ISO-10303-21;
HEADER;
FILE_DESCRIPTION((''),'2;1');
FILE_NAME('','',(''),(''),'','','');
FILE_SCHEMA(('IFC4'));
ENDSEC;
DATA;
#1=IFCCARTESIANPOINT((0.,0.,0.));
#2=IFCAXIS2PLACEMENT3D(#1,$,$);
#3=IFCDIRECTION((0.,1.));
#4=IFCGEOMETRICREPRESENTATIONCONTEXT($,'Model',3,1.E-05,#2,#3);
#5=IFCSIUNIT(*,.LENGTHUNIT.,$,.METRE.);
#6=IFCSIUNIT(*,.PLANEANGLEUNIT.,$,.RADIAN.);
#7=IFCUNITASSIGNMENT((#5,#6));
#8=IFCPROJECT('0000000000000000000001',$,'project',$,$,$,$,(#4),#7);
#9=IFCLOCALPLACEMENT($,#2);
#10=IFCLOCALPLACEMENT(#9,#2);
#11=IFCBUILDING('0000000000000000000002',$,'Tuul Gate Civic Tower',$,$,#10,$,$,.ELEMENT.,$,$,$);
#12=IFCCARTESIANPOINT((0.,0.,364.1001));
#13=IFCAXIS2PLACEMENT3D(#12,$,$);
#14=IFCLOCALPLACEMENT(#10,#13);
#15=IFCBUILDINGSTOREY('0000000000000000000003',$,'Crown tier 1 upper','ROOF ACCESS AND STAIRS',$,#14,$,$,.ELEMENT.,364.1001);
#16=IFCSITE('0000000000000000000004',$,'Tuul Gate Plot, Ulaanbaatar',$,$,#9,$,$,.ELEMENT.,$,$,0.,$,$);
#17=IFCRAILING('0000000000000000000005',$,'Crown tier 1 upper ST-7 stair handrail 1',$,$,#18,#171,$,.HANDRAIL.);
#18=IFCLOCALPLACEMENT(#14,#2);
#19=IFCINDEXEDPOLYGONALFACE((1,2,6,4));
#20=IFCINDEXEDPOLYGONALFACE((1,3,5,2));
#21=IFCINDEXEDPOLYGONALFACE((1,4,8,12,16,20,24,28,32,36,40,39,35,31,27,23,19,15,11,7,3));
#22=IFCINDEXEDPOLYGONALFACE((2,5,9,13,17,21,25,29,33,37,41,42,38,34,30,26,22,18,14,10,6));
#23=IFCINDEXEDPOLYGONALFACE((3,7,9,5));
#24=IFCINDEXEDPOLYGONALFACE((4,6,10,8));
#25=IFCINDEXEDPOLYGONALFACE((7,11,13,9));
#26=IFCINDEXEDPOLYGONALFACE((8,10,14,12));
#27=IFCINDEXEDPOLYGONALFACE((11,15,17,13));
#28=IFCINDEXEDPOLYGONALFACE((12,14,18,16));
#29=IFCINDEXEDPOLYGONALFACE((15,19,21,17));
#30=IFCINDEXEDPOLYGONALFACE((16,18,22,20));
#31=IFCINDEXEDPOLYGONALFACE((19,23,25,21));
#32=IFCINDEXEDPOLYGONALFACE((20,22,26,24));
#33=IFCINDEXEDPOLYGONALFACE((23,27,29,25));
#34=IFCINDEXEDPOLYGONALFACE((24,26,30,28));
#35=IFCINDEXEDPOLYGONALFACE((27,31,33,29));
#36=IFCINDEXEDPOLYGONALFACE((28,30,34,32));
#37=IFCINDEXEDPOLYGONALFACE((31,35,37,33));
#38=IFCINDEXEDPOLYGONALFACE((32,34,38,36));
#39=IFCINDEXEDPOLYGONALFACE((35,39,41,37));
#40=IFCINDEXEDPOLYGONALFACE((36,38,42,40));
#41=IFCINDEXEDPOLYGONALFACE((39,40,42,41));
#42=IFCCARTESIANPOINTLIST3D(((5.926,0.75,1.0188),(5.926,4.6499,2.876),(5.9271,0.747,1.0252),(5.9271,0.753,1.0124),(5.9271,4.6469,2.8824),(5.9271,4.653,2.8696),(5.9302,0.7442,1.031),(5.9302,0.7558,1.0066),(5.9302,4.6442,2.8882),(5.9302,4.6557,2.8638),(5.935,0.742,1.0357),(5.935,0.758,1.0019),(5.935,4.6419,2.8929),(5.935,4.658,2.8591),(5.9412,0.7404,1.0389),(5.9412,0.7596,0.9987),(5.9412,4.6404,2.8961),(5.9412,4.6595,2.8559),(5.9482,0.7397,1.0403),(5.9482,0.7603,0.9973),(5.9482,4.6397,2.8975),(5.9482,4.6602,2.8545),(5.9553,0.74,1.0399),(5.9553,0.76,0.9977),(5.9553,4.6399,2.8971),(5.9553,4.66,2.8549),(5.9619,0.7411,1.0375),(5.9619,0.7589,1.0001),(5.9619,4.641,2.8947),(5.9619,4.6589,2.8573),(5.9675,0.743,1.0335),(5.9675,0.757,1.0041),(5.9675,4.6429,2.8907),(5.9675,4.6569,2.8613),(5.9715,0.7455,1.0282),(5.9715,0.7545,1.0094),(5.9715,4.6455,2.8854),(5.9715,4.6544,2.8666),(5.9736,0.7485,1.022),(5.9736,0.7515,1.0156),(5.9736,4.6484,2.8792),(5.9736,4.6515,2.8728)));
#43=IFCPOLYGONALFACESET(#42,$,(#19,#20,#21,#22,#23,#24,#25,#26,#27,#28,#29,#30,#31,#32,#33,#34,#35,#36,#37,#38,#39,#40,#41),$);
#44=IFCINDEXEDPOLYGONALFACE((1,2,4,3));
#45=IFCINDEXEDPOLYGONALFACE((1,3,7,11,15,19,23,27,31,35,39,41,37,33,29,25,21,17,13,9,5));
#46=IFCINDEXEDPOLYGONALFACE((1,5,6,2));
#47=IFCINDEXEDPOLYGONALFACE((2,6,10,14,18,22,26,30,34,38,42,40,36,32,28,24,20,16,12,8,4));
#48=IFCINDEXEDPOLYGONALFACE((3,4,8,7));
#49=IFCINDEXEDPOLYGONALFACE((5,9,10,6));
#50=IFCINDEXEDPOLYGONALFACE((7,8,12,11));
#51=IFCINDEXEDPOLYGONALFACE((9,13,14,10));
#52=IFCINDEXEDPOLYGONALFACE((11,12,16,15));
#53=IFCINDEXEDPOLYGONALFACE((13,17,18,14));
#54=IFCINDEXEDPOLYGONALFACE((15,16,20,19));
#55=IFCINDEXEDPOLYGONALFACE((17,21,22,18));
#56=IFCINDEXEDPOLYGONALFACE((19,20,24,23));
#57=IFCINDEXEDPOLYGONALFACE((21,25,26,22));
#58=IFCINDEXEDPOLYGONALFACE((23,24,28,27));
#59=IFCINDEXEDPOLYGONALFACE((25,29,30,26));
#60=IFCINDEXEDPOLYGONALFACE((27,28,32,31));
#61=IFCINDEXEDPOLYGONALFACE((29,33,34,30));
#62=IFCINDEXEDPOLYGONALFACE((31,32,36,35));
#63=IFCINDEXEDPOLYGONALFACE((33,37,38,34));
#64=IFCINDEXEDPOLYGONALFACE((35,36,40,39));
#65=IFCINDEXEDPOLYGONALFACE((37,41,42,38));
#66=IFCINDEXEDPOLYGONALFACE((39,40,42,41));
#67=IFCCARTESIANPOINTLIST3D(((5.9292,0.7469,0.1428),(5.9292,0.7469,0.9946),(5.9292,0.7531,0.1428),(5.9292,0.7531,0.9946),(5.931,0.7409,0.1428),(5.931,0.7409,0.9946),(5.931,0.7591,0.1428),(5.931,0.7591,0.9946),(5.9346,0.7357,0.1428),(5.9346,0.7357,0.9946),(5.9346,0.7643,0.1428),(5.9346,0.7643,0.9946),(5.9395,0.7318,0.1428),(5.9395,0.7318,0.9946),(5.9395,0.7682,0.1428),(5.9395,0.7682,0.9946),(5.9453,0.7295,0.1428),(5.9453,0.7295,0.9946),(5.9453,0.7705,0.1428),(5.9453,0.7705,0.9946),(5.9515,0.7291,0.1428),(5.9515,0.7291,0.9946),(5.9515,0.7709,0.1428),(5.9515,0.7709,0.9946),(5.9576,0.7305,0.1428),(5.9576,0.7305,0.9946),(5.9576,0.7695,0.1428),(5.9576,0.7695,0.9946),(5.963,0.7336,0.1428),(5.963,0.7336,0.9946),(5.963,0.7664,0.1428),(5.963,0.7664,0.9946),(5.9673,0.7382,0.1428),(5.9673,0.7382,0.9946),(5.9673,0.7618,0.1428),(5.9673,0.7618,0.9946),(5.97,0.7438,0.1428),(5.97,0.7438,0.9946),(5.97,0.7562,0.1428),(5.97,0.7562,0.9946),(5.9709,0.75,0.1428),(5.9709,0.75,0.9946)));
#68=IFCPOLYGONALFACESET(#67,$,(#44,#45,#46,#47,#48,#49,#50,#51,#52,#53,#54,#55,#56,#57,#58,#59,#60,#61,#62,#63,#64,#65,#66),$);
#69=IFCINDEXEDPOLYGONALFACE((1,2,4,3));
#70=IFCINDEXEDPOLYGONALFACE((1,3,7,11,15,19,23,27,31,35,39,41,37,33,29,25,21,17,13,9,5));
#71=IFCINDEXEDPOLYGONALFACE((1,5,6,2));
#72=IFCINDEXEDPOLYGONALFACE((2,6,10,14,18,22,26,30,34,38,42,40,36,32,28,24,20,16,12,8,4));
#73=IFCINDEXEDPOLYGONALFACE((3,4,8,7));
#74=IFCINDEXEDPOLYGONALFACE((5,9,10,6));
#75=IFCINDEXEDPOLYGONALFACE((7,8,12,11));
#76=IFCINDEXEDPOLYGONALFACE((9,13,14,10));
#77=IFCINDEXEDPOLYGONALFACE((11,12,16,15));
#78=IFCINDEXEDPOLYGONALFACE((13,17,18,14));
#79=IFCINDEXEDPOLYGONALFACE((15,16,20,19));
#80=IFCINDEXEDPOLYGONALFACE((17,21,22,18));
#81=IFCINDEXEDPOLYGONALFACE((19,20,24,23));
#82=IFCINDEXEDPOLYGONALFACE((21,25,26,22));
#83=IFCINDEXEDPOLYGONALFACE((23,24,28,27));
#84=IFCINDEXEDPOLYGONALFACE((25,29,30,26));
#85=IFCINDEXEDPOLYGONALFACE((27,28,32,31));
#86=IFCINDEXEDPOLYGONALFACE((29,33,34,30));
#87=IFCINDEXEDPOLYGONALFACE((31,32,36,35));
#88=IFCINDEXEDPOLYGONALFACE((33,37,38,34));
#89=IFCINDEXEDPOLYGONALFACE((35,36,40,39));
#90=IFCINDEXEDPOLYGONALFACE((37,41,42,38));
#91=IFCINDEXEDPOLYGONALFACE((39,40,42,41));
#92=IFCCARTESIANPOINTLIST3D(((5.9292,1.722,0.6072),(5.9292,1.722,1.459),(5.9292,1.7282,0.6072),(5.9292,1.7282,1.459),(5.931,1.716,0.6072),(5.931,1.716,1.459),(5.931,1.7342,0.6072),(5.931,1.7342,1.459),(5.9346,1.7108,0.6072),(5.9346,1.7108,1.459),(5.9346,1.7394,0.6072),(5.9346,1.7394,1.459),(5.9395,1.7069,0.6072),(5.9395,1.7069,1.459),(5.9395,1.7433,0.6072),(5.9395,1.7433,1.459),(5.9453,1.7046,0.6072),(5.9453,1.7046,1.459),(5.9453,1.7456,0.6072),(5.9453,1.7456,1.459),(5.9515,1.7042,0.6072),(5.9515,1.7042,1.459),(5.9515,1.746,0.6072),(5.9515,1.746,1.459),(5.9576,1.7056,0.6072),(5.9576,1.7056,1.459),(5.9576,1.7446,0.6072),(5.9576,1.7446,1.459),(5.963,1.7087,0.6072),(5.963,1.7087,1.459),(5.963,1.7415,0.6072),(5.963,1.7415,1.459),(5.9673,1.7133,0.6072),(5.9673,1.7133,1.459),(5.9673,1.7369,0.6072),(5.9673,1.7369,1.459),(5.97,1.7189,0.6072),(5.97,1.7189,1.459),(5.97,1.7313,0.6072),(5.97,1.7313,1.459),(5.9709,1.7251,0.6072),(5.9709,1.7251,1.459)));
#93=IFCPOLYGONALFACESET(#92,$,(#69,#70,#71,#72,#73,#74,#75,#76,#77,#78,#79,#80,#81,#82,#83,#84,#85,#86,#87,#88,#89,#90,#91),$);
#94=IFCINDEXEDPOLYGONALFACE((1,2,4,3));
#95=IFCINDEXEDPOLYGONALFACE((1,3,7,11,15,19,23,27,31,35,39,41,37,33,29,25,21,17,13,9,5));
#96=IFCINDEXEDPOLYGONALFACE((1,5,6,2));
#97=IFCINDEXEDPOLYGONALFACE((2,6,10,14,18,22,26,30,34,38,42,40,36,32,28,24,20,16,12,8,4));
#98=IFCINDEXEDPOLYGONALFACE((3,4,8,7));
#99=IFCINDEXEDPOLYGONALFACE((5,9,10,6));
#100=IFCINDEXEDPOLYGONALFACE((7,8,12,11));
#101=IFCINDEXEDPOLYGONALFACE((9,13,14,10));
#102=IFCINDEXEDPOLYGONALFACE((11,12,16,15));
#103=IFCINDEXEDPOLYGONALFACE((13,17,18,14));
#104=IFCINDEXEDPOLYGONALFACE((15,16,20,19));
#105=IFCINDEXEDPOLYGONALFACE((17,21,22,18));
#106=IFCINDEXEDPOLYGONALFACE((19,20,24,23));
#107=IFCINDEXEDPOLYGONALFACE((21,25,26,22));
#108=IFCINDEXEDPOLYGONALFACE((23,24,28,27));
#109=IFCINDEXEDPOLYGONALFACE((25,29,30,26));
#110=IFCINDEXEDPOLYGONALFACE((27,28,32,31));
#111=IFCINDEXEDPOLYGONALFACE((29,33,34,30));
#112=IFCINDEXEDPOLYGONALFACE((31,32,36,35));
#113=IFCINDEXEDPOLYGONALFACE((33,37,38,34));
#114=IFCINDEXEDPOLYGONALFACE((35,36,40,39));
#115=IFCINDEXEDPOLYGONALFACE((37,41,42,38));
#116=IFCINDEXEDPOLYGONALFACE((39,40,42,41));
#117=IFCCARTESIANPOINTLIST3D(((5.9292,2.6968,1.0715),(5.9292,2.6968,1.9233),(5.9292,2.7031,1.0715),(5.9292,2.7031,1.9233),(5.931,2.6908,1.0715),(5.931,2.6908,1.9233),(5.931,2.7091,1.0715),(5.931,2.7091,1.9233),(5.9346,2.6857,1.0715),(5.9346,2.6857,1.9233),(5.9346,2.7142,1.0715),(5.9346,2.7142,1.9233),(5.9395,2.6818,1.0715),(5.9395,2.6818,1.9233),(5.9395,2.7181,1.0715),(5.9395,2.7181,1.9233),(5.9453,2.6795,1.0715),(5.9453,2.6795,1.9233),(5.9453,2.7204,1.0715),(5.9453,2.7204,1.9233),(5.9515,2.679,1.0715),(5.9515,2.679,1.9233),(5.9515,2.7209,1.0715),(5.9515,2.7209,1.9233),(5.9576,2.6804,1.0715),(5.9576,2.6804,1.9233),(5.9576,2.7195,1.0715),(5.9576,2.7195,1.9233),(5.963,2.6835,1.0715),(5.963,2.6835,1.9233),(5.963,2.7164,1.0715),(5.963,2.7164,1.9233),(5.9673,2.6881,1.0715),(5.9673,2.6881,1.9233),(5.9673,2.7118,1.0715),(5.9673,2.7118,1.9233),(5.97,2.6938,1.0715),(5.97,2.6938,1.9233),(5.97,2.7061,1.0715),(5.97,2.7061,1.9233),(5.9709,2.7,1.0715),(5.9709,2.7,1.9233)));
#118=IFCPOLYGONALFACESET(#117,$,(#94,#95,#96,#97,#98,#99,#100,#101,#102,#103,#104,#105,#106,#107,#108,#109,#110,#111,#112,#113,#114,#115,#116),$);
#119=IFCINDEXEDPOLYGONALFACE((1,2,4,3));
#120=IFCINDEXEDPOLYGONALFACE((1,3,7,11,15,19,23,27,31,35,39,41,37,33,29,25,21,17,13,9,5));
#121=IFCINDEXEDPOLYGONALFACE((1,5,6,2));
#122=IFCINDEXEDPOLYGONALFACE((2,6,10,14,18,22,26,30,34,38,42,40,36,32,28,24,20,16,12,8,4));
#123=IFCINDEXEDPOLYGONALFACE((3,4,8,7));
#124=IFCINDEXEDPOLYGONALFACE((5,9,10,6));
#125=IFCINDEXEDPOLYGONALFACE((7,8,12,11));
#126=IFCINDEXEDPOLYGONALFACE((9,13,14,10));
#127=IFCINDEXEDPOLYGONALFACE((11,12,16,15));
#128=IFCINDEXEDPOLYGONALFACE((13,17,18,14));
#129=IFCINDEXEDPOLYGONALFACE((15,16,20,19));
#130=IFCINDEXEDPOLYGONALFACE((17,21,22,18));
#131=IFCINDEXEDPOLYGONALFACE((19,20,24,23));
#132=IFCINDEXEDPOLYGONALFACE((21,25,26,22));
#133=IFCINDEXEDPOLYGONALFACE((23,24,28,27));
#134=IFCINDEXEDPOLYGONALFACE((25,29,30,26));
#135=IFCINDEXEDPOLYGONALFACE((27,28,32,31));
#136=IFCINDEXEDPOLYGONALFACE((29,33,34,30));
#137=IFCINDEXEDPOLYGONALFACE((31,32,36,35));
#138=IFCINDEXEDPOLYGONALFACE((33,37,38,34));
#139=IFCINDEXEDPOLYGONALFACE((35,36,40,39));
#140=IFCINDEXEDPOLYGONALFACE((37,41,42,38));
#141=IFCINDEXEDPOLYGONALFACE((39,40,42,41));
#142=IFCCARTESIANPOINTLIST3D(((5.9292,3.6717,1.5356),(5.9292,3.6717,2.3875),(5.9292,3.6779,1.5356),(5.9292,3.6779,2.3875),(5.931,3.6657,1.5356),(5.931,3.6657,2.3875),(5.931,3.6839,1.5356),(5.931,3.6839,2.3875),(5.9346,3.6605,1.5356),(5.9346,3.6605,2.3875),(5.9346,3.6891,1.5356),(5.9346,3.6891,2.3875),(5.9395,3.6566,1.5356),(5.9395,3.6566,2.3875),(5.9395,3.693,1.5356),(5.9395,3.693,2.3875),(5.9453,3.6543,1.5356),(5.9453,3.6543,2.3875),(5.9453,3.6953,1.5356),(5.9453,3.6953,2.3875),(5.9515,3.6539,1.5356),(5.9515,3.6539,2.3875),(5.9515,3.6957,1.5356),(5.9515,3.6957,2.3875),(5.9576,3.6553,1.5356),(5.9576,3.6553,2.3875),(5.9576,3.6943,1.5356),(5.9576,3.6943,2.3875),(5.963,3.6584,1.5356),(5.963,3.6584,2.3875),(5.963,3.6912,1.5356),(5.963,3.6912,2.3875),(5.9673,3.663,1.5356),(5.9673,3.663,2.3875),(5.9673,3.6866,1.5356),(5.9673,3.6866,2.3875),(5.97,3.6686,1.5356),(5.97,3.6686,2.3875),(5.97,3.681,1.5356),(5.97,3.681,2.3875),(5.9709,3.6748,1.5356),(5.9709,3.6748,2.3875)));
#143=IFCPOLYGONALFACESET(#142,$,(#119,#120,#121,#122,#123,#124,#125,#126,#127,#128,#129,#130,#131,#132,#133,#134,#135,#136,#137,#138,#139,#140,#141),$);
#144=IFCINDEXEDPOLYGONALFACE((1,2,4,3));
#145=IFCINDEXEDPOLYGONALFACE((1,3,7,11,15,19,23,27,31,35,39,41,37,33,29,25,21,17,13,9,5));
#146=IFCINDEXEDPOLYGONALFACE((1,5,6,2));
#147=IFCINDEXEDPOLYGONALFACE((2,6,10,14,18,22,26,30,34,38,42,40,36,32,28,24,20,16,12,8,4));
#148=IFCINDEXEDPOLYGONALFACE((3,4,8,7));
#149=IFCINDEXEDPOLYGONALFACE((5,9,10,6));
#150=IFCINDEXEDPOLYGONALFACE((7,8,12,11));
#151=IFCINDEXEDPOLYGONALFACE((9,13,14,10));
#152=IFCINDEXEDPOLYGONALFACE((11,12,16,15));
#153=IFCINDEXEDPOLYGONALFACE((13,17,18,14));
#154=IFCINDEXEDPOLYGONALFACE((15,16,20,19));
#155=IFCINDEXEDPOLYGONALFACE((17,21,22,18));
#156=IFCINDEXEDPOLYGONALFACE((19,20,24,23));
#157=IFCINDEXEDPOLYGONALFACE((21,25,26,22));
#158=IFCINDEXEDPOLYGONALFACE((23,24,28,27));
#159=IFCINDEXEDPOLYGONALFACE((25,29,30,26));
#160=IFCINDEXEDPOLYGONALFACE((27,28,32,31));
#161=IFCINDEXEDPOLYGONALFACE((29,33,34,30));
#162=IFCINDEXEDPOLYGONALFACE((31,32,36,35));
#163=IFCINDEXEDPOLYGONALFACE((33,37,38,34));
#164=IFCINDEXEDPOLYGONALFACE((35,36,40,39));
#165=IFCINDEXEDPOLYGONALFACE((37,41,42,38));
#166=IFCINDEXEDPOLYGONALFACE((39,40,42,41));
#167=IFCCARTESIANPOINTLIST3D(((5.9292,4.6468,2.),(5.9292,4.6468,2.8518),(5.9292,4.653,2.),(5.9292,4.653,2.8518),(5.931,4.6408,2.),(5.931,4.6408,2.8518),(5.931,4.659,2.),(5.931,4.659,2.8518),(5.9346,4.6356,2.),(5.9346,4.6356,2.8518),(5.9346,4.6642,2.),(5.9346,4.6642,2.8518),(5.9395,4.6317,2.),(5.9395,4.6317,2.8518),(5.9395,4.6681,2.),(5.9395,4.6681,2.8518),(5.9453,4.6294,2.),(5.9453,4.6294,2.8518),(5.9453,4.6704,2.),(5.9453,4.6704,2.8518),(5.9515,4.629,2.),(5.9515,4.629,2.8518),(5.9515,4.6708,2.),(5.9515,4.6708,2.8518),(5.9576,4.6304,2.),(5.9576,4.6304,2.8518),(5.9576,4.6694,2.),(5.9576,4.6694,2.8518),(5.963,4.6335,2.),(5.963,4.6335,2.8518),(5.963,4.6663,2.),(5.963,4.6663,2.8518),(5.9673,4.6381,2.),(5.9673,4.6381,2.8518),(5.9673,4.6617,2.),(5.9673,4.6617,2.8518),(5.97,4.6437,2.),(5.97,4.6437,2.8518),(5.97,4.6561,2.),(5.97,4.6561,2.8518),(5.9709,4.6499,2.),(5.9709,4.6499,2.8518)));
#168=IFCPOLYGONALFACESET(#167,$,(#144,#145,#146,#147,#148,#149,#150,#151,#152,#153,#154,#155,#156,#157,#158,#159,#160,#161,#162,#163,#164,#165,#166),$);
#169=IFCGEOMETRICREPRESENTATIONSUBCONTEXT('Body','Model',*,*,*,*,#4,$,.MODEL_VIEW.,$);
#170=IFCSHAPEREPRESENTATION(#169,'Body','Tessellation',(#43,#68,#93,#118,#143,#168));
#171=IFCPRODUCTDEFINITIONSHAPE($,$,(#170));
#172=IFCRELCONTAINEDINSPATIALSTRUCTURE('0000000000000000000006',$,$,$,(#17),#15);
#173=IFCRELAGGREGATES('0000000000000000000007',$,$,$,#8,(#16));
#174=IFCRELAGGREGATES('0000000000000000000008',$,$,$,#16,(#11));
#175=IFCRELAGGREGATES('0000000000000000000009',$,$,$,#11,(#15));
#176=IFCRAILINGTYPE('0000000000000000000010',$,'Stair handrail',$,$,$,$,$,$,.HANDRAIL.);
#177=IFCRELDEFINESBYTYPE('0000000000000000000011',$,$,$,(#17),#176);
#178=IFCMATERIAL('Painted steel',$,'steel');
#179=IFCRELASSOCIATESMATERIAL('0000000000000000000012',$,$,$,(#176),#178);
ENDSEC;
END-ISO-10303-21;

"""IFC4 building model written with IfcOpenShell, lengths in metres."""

from ifc_helpers import new_model, si_unit, direction, frame, origin, origin_2d, place, context, subcontext, project, spatial, circle, extrude, material, type_object, element, save


model = new_model("IFC4")

# Units and contexts
model_context = context("Model", 3, precision=1e-05, world=origin(), true_north=direction((0.0, 1.0)))
body_context = subcontext(model_context, "Body", "Model", "MODEL_VIEW")
ifc_project = project(units=[si_unit("LENGTHUNIT", "METRE"), si_unit("PLANEANGLEUNIT", "RADIAN")], contexts=[model_context])

# Site, building, storey
site_placement = place(None, origin())
site = spatial("IfcSite", under=ifc_project, at=site_placement, Name="Tuul Gate Plot, Ulaanbaatar", CompositionType="ELEMENT", RefElevation=0.0)
building_placement = place(site_placement, origin())
building = spatial("IfcBuilding", under=site, at=building_placement, Name="Tuul Gate Civic Tower", CompositionType="ELEMENT")
storey_placement = place(building_placement, frame((0.0, 0.0, 364.1001)))
storey = spatial("IfcBuildingStorey", under=building, at=storey_placement, Name="Crown tier 1 upper", Description="ROOF ACCESS AND STAIRS", CompositionType="ELEMENT", Elevation=364.1001)

# Railing
ifc_material_1 = material(Name="Painted steel", Category="steel")
railing_type_1 = type_object("IfcRailingType", Name="Stair handrail", PredefinedType="HANDRAIL", material=ifc_material_1)
for number, where, name in (
    (1, (5.95, 0.75, 0.1428), "Crown tier 1 upper ST-7 stair handrail 1"),
):
    element("IfcRailing", number, at=place(storey_placement, frame(where)), inside=storey, type_object=railing_type_1, Name=name, PredefinedType="HANDRAIL", context=body_context, shape_type="SweptSolid", body=[
        extrude(circle(Radius=0.0239, at=origin_2d()), frame((0.0, 0.0, 0.876), z_axis=(0.0, 0.902853, 0.429949), x_axis=(-1.0, 0.0, 0.0)), (0.0, 0.0, 1.0), 4.3196),
        extrude(circle(Radius=0.021, at=origin_2d()), origin(), (0.0, 0.0, 1.0), 0.8518),
        extrude(circle(Radius=0.021, at=origin_2d()), frame((0.0, 0.9751, 0.4644)), (0.0, 0.0, 1.0), 0.8518),
        extrude(circle(Radius=0.021, at=origin_2d()), frame((0.0, 1.95, 0.9287)), (0.0, 0.0, 1.0), 0.8518),
        extrude(circle(Radius=0.021, at=origin_2d()), frame((0.0, 2.9248, 1.3928)), (0.0, 0.0, 1.0), 0.8518),
        extrude(circle(Radius=0.021, at=origin_2d()), frame((0.0, 3.8999, 1.8572)), (0.0, 0.0, 1.0), 0.8518),
    ])

save(model, "model.ifc")
